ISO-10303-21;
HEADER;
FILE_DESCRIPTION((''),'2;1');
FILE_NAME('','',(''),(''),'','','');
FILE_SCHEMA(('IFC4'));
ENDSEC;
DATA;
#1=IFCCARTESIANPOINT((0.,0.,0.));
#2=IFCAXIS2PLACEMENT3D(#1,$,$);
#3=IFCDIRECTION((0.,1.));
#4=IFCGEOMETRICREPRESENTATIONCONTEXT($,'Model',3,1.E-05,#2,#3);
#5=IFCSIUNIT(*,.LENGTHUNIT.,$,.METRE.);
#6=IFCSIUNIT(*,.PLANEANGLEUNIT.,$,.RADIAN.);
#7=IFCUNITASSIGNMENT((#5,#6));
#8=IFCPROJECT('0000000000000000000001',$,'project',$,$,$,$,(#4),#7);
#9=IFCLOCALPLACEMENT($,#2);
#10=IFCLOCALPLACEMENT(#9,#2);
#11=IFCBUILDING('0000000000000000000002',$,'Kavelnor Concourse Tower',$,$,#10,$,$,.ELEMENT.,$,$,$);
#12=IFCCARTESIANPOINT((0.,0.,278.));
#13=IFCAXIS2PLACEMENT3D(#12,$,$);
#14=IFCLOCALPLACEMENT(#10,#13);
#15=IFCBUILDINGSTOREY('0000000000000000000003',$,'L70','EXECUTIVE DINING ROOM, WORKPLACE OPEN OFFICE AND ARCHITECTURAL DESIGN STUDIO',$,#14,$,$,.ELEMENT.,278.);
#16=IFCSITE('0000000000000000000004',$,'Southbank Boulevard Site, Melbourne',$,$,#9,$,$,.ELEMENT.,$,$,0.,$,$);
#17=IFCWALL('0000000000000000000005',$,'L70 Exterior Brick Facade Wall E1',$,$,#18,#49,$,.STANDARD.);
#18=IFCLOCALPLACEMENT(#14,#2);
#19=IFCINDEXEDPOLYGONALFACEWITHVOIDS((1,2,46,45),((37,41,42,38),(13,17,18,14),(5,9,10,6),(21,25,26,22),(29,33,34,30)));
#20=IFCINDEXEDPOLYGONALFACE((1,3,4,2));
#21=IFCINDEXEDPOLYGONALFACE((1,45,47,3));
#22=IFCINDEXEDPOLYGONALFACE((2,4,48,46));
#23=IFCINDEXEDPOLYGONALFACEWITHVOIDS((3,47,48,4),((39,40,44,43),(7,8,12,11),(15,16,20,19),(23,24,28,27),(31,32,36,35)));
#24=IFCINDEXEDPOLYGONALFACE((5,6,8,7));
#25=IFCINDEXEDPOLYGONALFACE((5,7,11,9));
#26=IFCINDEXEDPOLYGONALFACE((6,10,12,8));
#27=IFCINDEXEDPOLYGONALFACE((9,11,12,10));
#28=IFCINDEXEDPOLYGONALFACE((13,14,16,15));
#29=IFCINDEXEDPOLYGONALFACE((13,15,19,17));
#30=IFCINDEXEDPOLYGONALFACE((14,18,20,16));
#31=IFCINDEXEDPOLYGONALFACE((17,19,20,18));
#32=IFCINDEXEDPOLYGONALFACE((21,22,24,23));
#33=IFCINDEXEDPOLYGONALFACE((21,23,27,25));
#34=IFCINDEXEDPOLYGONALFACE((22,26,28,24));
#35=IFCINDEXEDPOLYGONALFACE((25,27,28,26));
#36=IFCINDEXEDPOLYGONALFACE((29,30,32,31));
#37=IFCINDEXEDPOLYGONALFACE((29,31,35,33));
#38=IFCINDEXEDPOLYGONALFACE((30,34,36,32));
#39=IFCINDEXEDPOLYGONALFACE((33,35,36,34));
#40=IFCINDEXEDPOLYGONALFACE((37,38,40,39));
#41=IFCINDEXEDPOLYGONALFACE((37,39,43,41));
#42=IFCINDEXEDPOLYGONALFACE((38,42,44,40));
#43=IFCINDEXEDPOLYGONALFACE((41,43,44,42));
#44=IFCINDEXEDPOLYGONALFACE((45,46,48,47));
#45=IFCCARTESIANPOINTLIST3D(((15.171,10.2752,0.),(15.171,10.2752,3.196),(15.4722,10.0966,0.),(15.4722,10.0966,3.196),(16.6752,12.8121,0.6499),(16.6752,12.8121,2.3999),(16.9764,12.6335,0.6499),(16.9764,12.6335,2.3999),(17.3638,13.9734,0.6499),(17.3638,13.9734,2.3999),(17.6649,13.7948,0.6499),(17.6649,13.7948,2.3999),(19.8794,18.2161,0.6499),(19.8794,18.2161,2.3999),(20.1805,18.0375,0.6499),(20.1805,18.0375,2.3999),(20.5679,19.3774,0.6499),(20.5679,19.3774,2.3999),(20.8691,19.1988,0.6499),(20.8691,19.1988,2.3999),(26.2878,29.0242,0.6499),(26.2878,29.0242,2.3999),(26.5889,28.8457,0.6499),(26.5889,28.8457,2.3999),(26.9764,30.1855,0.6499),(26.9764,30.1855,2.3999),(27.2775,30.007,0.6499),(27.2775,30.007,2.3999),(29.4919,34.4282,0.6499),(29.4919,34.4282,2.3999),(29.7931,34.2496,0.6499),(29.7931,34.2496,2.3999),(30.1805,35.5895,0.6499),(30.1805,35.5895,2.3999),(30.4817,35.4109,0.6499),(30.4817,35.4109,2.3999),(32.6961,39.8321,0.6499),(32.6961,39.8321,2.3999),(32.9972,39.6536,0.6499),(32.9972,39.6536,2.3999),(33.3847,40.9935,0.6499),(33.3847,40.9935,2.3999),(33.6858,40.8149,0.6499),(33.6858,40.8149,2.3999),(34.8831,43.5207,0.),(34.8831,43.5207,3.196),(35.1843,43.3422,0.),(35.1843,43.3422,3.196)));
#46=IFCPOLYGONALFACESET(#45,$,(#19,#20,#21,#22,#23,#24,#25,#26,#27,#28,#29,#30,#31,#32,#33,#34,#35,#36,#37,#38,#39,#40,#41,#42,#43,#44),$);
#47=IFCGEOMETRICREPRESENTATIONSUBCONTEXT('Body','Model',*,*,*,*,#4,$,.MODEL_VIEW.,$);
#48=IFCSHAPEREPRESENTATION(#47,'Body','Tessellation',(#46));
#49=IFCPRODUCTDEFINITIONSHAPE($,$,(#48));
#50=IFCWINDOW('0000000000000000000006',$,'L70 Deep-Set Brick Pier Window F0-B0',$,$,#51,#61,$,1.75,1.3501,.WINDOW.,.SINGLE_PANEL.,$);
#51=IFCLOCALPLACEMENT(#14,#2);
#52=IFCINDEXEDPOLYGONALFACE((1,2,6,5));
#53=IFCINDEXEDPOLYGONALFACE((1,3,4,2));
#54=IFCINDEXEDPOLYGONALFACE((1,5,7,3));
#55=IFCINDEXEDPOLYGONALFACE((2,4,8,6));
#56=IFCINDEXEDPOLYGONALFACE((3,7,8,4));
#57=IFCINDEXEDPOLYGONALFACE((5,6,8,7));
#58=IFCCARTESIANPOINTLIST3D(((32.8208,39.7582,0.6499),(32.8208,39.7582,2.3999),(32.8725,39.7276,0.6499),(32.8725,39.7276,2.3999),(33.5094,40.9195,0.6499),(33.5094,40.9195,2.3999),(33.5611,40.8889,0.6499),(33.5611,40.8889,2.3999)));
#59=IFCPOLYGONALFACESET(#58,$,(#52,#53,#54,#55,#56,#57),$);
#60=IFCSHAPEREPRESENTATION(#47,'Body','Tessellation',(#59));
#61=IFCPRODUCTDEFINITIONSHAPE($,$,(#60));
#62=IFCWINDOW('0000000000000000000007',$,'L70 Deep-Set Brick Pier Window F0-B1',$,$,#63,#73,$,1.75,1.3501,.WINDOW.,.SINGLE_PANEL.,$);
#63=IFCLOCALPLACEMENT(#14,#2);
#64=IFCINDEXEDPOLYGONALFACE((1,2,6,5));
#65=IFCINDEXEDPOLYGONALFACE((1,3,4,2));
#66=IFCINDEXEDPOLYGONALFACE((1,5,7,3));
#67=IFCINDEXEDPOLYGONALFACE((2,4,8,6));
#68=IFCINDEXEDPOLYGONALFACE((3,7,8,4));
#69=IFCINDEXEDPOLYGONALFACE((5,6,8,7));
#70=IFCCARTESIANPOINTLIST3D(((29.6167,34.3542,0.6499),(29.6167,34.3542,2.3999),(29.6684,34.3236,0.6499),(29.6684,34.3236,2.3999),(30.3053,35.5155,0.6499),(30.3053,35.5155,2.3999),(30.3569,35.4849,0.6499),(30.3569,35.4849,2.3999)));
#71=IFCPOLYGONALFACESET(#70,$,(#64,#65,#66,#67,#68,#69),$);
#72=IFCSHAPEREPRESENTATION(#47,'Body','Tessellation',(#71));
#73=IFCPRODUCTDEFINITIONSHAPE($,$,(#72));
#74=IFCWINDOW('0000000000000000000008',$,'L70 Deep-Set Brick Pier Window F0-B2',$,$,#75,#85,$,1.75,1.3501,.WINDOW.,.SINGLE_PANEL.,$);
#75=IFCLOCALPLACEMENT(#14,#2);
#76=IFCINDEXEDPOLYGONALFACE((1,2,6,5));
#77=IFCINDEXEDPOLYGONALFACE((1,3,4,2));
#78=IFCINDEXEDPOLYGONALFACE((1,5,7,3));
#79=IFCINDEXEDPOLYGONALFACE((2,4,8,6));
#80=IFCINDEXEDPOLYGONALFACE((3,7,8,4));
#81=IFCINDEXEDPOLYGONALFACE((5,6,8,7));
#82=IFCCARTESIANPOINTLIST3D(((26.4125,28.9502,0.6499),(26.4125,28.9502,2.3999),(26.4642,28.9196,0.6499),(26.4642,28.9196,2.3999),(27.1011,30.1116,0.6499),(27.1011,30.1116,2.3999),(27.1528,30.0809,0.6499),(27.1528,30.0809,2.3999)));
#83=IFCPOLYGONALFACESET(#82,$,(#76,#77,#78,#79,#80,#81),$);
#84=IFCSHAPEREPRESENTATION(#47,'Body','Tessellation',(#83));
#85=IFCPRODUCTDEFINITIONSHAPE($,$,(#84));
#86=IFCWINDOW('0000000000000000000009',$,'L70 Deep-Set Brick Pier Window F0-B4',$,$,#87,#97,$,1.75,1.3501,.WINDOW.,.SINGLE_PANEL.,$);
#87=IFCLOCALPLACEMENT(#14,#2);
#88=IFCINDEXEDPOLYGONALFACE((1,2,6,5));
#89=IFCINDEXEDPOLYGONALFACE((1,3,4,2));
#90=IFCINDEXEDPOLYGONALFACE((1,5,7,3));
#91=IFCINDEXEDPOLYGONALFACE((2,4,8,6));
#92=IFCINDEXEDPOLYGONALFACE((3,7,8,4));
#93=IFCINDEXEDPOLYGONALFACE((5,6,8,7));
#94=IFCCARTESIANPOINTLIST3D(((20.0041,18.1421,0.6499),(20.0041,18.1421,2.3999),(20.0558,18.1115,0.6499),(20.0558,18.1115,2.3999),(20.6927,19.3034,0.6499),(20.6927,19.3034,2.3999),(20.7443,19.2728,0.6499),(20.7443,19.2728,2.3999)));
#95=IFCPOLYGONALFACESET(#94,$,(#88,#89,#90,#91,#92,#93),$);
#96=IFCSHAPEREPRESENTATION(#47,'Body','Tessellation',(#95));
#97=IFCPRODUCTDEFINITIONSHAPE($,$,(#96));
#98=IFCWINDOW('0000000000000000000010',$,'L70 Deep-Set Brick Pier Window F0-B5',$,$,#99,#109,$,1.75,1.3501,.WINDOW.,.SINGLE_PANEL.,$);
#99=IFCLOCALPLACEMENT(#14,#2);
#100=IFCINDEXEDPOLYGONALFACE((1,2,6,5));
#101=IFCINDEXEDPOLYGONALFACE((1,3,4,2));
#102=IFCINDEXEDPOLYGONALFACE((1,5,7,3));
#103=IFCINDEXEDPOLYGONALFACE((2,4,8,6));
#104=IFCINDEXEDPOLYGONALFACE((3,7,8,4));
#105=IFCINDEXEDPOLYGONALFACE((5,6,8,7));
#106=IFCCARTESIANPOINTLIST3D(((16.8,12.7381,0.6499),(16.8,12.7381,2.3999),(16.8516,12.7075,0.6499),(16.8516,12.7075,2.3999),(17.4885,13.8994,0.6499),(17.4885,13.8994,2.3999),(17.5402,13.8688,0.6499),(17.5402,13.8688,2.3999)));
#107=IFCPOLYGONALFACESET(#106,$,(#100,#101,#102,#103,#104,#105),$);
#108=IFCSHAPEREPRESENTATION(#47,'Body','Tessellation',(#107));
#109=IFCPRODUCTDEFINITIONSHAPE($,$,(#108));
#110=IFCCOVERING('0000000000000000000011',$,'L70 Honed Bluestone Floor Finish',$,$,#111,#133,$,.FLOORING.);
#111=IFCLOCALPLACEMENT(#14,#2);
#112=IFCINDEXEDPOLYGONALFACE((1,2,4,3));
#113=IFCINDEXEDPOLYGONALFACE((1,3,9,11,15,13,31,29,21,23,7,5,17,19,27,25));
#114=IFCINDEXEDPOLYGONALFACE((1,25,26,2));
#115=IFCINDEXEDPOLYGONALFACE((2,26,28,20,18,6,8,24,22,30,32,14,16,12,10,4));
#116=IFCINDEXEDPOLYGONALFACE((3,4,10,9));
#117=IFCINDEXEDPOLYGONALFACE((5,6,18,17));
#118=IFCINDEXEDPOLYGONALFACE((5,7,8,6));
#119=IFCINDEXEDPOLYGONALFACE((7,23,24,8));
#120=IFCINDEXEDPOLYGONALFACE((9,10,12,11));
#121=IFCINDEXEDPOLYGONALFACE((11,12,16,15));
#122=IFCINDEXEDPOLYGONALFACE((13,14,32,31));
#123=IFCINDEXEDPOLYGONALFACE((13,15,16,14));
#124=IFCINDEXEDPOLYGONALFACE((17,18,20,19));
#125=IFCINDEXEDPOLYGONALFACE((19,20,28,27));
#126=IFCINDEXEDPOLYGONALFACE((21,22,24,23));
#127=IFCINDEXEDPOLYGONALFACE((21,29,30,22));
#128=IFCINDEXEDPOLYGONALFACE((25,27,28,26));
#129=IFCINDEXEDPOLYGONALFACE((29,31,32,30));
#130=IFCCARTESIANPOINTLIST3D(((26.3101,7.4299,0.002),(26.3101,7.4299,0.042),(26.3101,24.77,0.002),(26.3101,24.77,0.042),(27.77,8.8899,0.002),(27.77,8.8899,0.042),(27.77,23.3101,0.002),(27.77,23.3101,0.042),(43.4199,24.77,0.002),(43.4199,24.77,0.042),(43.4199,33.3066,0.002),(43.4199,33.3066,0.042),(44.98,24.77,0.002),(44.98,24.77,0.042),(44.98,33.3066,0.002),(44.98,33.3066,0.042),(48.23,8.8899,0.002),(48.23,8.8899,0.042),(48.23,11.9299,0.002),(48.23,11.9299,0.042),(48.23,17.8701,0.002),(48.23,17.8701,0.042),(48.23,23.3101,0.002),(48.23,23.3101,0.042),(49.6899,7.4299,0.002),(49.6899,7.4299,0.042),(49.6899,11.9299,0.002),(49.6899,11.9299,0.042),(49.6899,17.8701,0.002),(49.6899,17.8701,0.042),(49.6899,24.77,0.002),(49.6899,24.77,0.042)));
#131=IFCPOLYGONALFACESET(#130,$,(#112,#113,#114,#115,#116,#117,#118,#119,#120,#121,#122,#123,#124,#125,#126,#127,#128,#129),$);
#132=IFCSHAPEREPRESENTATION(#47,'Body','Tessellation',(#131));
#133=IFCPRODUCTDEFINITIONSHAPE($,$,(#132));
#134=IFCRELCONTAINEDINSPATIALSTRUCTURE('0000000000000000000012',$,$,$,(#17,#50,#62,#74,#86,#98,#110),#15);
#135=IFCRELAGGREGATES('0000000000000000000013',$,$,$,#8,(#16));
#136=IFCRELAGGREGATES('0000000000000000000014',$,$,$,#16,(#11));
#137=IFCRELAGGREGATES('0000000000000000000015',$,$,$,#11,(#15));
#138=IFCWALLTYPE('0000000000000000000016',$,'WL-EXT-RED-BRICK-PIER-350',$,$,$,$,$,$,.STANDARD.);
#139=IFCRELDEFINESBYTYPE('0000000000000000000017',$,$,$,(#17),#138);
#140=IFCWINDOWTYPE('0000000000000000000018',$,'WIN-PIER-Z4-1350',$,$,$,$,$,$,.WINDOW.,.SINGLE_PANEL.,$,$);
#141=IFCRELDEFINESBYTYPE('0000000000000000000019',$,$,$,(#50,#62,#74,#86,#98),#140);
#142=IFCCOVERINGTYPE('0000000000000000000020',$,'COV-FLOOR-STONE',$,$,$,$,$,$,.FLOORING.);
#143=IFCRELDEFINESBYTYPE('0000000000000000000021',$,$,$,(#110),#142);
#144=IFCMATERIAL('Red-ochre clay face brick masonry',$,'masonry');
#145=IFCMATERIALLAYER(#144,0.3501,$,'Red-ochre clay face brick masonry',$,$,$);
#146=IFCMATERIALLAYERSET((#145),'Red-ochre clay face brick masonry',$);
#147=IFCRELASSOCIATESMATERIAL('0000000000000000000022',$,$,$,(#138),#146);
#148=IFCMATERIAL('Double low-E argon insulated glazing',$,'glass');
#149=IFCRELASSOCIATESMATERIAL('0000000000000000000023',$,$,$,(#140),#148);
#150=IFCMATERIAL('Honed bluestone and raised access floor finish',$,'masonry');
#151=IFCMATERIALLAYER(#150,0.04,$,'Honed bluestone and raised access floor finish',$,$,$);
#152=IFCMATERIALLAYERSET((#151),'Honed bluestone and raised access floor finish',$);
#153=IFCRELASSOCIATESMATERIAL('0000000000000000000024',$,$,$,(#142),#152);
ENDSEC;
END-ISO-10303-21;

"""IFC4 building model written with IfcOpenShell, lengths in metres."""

from ifc_helpers import new_model, si_unit, direction, frame, frame_2d, origin, place, context, subcontext, project, spatial, polyline, rectangle, outline, extrude, material, layer, layer_set, type_object, element, fill, save


model = new_model("IFC4")

# Units and contexts
model_context = context("Model", 3, precision=1e-05, world=origin(), true_north=direction((0.0, 1.0)))
body_context = subcontext(model_context, "Body", "Model", "MODEL_VIEW")
ifc_project = project(units=[si_unit("LENGTHUNIT", "METRE"), si_unit("PLANEANGLEUNIT", "RADIAN")], contexts=[model_context])

# Site, building, storey
site_placement = place(None, origin())
site = spatial("IfcSite", under=ifc_project, at=site_placement, Name="Southbank Boulevard Site, Melbourne", CompositionType="ELEMENT", RefElevation=0.0)
building_placement = place(site_placement, origin())
building = spatial("IfcBuilding", under=site, at=building_placement, Name="Kavelnor Concourse Tower", CompositionType="ELEMENT")
storey_placement = place(building_placement, frame((0.0, 0.0, 278.0)))
storey = spatial("IfcBuildingStorey", under=building, at=storey_placement, Name="L70", Description="EXECUTIVE DINING ROOM, WORKPLACE OPEN OFFICE AND ARCHITECTURAL DESIGN STUDIO", CompositionType="ELEMENT", Elevation=278.0)

# Shared definitions
ifc_material_1 = material(Name="Double low-E argon insulated glazing", Category="glass")

# Wall, openings, windows
ifc_material_2 = material(Name="Red-ochre clay face brick masonry", Category="masonry")
ifc_layer_1 = layer(ifc_material_2, 0.3501, Name="Red-ochre clay face brick masonry")
ifc_layer_set_1 = layer_set([ifc_layer_1], Name="Red-ochre clay face brick masonry")
wall_type_1 = type_object("IfcWallType", Name="WL-EXT-RED-BRICK-PIER-350", PredefinedType="STANDARD", material=ifc_layer_set_1)
wall_1_placement = place(storey_placement, frame((15.3215, 10.1858, 0.0), z_axis=(0.0, 0.0, 1.0), x_axis=(0.510014, 0.860166, 0.0)))
wall_1 = element("IfcWall", 1, at=wall_1_placement, inside=storey, type_object=wall_type_1, Name="L70 Exterior Brick Facade Wall E1", PredefinedType="STANDARD", context=body_context, shape_type="SweptSolid", body=[
    extrude(rectangle(XDim=38.6501, YDim=0.3501, at=frame_2d((19.3252, 0.0))), origin(), (0.0, 0.0, 1.0), 3.196),
])
opening_1_placement = place(wall_1_placement, frame((34.3621, 0.0, 0.6499)))
opening_1 = element("IfcOpeningElement", 2, at=opening_1_placement, cuts=wall_1, PredefinedType="OPENING", context=body_context, shape_type="SweptSolid", body=[
    extrude(rectangle(XDim=1.3501, YDim=1.75, at=frame_2d((0.675, 0.875))), frame((0.0, 0.1851, 0.0), z_axis=(0.0, -1.0, 0.0), x_axis=(1.0, 0.0, 0.0)), (0.0, 0.0, 1.0), 0.3701),
])
opening_2_placement = place(wall_1_placement, frame((28.0796, 0.0, 0.6499)))
opening_2 = element("IfcOpeningElement", 3, at=opening_2_placement, cuts=wall_1, PredefinedType="OPENING", context=body_context, shape_type="SweptSolid", body=[
    extrude(rectangle(XDim=1.3501, YDim=1.75, at=frame_2d((0.675, 0.875))), frame((0.0, 0.1851, 0.0), z_axis=(0.0, -1.0, 0.0), x_axis=(1.0, 0.0, 0.0)), (0.0, 0.0, 1.0), 0.3701),
])
opening_3_placement = place(wall_1_placement, frame((21.7971, 0.0, 0.6499)))
opening_3 = element("IfcOpeningElement", 4, at=opening_3_placement, cuts=wall_1, PredefinedType="OPENING", context=body_context, shape_type="SweptSolid", body=[
    extrude(rectangle(XDim=1.3501, YDim=1.75, at=frame_2d((0.675, 0.875))), frame((0.0, 0.1851, 0.0), z_axis=(0.0, -1.0, 0.0), x_axis=(1.0, 0.0, 0.0)), (0.0, 0.0, 1.0), 0.3701),
])
opening_4_placement = place(wall_1_placement, frame((9.2319, 0.0, 0.6499)))
opening_4 = element("IfcOpeningElement", 5, at=opening_4_placement, cuts=wall_1, PredefinedType="OPENING", context=body_context, shape_type="SweptSolid", body=[
    extrude(rectangle(XDim=1.3501, YDim=1.75, at=frame_2d((0.675, 0.875))), frame((0.0, 0.1851, 0.0), z_axis=(0.0, -1.0, 0.0), x_axis=(1.0, 0.0, 0.0)), (0.0, 0.0, 1.0), 0.3701),
])
opening_5_placement = place(wall_1_placement, frame((2.9495, 0.0, 0.6499)))
opening_5 = element("IfcOpeningElement", 6, at=opening_5_placement, cuts=wall_1, PredefinedType="OPENING", context=body_context, shape_type="SweptSolid", body=[
    extrude(rectangle(XDim=1.3501, YDim=1.75, at=frame_2d((0.675, 0.875))), frame((0.0, 0.1851, 0.0), z_axis=(0.0, -1.0, 0.0), x_axis=(1.0, 0.0, 0.0)), (0.0, 0.0, 1.0), 0.3701),
])
window_type_1 = type_object("IfcWindowType", Name="WIN-PIER-Z4-1350", PartitioningType="SINGLE_PANEL", PredefinedType="WINDOW", material=ifc_material_1)
window_1_placement = place(opening_1_placement, origin())
window_1 = element("IfcWindow", 7, at=window_1_placement, inside=storey, type_object=window_type_1, Name="L70 Deep-Set Brick Pier Window F0-B0", OverallHeight=1.75, OverallWidth=1.3501, PartitioningType="SINGLE_PANEL", PredefinedType="WINDOW", context=body_context, shape_type="SweptSolid", body=[
    extrude(rectangle(XDim=1.3501, YDim=1.75, at=frame_2d((0.675, 0.875))), frame((0.0, 0.03, 0.0), z_axis=(0.0, -1.0, 0.0), x_axis=(1.0, 0.0, 0.0)), (0.0, 0.0, 1.0), 0.0601),
])
fill(opening_1, window_1)
window_2_placement = place(opening_2_placement, origin())
window_2 = element("IfcWindow", 8, at=window_2_placement, inside=storey, type_object=window_type_1, Name="L70 Deep-Set Brick Pier Window F0-B1", OverallHeight=1.75, OverallWidth=1.3501, PartitioningType="SINGLE_PANEL", PredefinedType="WINDOW", context=body_context, shape_type="SweptSolid", body=[
    extrude(rectangle(XDim=1.3501, YDim=1.75, at=frame_2d((0.675, 0.875))), frame((0.0, 0.03, 0.0), z_axis=(0.0, -1.0, 0.0), x_axis=(1.0, 0.0, 0.0)), (0.0, 0.0, 1.0), 0.0601),
])
fill(opening_2, window_2)
window_3_placement = place(opening_3_placement, origin())
window_3 = element("IfcWindow", 9, at=window_3_placement, inside=storey, type_object=window_type_1, Name="L70 Deep-Set Brick Pier Window F0-B2", OverallHeight=1.75, OverallWidth=1.3501, PartitioningType="SINGLE_PANEL", PredefinedType="WINDOW", context=body_context, shape_type="SweptSolid", body=[
    extrude(rectangle(XDim=1.3501, YDim=1.75, at=frame_2d((0.675, 0.875))), frame((0.0, 0.03, 0.0), z_axis=(0.0, -1.0, 0.0), x_axis=(1.0, 0.0, 0.0)), (0.0, 0.0, 1.0), 0.0601),
])
fill(opening_3, window_3)
window_4_placement = place(opening_4_placement, origin())
window_4 = element("IfcWindow", 10, at=window_4_placement, inside=storey, type_object=window_type_1, Name="L70 Deep-Set Brick Pier Window F0-B4", OverallHeight=1.75, OverallWidth=1.3501, PartitioningType="SINGLE_PANEL", PredefinedType="WINDOW", context=body_context, shape_type="SweptSolid", body=[
    extrude(rectangle(XDim=1.3501, YDim=1.75, at=frame_2d((0.675, 0.875))), frame((0.0, 0.03, 0.0), z_axis=(0.0, -1.0, 0.0), x_axis=(1.0, 0.0, 0.0)), (0.0, 0.0, 1.0), 0.0601),
])
fill(opening_4, window_4)
window_5_placement = place(opening_5_placement, origin())
window_5 = element("IfcWindow", 11, at=window_5_placement, inside=storey, type_object=window_type_1, Name="L70 Deep-Set Brick Pier Window F0-B5", OverallHeight=1.75, OverallWidth=1.3501, PartitioningType="SINGLE_PANEL", PredefinedType="WINDOW", context=body_context, shape_type="SweptSolid", body=[
    extrude(rectangle(XDim=1.3501, YDim=1.75, at=frame_2d((0.675, 0.875))), frame((0.0, 0.03, 0.0), z_axis=(0.0, -1.0, 0.0), x_axis=(1.0, 0.0, 0.0)), (0.0, 0.0, 1.0), 0.0601),
])
fill(opening_5, window_5)

# Covering
ifc_material_3 = material(Name="Honed bluestone and raised access floor finish", Category="masonry")
ifc_layer_2 = layer(ifc_material_3, 0.04, Name="Honed bluestone and raised access floor finish")
ifc_layer_set_2 = layer_set([ifc_layer_2], Name="Honed bluestone and raised access floor finish")
covering_type = type_object("IfcCoveringType", Name="COV-FLOOR-STONE", PredefinedType="FLOORING", material=ifc_layer_set_2)
covering_placement = place(storey_placement, frame((0.0, 0.0, 0.002)))
element("IfcCovering", 12, at=covering_placement, inside=storey, type_object=covering_type, Name="L70 Honed Bluestone Floor Finish", PredefinedType="FLOORING", context=body_context, shape_type="SweptSolid", body=[
    extrude(outline(polyline([(44.98, 24.77), (49.6899, 24.77), (49.6899, 17.8701), (48.23, 17.8701), (48.23, 23.3101), (27.77, 23.3101), (27.77, 8.8899), (48.23, 8.8899), (48.23, 11.9299), (49.6899, 11.9299), (49.6899, 7.4299), (26.3101, 7.4299), (26.3101, 24.77), (43.4199, 24.77), (43.4199, 33.3066), (44.98, 33.3066), (44.98, 24.77)])), origin(), (0.0, 0.0, 1.0), 0.04),
])

save(model, "model.ifc")
